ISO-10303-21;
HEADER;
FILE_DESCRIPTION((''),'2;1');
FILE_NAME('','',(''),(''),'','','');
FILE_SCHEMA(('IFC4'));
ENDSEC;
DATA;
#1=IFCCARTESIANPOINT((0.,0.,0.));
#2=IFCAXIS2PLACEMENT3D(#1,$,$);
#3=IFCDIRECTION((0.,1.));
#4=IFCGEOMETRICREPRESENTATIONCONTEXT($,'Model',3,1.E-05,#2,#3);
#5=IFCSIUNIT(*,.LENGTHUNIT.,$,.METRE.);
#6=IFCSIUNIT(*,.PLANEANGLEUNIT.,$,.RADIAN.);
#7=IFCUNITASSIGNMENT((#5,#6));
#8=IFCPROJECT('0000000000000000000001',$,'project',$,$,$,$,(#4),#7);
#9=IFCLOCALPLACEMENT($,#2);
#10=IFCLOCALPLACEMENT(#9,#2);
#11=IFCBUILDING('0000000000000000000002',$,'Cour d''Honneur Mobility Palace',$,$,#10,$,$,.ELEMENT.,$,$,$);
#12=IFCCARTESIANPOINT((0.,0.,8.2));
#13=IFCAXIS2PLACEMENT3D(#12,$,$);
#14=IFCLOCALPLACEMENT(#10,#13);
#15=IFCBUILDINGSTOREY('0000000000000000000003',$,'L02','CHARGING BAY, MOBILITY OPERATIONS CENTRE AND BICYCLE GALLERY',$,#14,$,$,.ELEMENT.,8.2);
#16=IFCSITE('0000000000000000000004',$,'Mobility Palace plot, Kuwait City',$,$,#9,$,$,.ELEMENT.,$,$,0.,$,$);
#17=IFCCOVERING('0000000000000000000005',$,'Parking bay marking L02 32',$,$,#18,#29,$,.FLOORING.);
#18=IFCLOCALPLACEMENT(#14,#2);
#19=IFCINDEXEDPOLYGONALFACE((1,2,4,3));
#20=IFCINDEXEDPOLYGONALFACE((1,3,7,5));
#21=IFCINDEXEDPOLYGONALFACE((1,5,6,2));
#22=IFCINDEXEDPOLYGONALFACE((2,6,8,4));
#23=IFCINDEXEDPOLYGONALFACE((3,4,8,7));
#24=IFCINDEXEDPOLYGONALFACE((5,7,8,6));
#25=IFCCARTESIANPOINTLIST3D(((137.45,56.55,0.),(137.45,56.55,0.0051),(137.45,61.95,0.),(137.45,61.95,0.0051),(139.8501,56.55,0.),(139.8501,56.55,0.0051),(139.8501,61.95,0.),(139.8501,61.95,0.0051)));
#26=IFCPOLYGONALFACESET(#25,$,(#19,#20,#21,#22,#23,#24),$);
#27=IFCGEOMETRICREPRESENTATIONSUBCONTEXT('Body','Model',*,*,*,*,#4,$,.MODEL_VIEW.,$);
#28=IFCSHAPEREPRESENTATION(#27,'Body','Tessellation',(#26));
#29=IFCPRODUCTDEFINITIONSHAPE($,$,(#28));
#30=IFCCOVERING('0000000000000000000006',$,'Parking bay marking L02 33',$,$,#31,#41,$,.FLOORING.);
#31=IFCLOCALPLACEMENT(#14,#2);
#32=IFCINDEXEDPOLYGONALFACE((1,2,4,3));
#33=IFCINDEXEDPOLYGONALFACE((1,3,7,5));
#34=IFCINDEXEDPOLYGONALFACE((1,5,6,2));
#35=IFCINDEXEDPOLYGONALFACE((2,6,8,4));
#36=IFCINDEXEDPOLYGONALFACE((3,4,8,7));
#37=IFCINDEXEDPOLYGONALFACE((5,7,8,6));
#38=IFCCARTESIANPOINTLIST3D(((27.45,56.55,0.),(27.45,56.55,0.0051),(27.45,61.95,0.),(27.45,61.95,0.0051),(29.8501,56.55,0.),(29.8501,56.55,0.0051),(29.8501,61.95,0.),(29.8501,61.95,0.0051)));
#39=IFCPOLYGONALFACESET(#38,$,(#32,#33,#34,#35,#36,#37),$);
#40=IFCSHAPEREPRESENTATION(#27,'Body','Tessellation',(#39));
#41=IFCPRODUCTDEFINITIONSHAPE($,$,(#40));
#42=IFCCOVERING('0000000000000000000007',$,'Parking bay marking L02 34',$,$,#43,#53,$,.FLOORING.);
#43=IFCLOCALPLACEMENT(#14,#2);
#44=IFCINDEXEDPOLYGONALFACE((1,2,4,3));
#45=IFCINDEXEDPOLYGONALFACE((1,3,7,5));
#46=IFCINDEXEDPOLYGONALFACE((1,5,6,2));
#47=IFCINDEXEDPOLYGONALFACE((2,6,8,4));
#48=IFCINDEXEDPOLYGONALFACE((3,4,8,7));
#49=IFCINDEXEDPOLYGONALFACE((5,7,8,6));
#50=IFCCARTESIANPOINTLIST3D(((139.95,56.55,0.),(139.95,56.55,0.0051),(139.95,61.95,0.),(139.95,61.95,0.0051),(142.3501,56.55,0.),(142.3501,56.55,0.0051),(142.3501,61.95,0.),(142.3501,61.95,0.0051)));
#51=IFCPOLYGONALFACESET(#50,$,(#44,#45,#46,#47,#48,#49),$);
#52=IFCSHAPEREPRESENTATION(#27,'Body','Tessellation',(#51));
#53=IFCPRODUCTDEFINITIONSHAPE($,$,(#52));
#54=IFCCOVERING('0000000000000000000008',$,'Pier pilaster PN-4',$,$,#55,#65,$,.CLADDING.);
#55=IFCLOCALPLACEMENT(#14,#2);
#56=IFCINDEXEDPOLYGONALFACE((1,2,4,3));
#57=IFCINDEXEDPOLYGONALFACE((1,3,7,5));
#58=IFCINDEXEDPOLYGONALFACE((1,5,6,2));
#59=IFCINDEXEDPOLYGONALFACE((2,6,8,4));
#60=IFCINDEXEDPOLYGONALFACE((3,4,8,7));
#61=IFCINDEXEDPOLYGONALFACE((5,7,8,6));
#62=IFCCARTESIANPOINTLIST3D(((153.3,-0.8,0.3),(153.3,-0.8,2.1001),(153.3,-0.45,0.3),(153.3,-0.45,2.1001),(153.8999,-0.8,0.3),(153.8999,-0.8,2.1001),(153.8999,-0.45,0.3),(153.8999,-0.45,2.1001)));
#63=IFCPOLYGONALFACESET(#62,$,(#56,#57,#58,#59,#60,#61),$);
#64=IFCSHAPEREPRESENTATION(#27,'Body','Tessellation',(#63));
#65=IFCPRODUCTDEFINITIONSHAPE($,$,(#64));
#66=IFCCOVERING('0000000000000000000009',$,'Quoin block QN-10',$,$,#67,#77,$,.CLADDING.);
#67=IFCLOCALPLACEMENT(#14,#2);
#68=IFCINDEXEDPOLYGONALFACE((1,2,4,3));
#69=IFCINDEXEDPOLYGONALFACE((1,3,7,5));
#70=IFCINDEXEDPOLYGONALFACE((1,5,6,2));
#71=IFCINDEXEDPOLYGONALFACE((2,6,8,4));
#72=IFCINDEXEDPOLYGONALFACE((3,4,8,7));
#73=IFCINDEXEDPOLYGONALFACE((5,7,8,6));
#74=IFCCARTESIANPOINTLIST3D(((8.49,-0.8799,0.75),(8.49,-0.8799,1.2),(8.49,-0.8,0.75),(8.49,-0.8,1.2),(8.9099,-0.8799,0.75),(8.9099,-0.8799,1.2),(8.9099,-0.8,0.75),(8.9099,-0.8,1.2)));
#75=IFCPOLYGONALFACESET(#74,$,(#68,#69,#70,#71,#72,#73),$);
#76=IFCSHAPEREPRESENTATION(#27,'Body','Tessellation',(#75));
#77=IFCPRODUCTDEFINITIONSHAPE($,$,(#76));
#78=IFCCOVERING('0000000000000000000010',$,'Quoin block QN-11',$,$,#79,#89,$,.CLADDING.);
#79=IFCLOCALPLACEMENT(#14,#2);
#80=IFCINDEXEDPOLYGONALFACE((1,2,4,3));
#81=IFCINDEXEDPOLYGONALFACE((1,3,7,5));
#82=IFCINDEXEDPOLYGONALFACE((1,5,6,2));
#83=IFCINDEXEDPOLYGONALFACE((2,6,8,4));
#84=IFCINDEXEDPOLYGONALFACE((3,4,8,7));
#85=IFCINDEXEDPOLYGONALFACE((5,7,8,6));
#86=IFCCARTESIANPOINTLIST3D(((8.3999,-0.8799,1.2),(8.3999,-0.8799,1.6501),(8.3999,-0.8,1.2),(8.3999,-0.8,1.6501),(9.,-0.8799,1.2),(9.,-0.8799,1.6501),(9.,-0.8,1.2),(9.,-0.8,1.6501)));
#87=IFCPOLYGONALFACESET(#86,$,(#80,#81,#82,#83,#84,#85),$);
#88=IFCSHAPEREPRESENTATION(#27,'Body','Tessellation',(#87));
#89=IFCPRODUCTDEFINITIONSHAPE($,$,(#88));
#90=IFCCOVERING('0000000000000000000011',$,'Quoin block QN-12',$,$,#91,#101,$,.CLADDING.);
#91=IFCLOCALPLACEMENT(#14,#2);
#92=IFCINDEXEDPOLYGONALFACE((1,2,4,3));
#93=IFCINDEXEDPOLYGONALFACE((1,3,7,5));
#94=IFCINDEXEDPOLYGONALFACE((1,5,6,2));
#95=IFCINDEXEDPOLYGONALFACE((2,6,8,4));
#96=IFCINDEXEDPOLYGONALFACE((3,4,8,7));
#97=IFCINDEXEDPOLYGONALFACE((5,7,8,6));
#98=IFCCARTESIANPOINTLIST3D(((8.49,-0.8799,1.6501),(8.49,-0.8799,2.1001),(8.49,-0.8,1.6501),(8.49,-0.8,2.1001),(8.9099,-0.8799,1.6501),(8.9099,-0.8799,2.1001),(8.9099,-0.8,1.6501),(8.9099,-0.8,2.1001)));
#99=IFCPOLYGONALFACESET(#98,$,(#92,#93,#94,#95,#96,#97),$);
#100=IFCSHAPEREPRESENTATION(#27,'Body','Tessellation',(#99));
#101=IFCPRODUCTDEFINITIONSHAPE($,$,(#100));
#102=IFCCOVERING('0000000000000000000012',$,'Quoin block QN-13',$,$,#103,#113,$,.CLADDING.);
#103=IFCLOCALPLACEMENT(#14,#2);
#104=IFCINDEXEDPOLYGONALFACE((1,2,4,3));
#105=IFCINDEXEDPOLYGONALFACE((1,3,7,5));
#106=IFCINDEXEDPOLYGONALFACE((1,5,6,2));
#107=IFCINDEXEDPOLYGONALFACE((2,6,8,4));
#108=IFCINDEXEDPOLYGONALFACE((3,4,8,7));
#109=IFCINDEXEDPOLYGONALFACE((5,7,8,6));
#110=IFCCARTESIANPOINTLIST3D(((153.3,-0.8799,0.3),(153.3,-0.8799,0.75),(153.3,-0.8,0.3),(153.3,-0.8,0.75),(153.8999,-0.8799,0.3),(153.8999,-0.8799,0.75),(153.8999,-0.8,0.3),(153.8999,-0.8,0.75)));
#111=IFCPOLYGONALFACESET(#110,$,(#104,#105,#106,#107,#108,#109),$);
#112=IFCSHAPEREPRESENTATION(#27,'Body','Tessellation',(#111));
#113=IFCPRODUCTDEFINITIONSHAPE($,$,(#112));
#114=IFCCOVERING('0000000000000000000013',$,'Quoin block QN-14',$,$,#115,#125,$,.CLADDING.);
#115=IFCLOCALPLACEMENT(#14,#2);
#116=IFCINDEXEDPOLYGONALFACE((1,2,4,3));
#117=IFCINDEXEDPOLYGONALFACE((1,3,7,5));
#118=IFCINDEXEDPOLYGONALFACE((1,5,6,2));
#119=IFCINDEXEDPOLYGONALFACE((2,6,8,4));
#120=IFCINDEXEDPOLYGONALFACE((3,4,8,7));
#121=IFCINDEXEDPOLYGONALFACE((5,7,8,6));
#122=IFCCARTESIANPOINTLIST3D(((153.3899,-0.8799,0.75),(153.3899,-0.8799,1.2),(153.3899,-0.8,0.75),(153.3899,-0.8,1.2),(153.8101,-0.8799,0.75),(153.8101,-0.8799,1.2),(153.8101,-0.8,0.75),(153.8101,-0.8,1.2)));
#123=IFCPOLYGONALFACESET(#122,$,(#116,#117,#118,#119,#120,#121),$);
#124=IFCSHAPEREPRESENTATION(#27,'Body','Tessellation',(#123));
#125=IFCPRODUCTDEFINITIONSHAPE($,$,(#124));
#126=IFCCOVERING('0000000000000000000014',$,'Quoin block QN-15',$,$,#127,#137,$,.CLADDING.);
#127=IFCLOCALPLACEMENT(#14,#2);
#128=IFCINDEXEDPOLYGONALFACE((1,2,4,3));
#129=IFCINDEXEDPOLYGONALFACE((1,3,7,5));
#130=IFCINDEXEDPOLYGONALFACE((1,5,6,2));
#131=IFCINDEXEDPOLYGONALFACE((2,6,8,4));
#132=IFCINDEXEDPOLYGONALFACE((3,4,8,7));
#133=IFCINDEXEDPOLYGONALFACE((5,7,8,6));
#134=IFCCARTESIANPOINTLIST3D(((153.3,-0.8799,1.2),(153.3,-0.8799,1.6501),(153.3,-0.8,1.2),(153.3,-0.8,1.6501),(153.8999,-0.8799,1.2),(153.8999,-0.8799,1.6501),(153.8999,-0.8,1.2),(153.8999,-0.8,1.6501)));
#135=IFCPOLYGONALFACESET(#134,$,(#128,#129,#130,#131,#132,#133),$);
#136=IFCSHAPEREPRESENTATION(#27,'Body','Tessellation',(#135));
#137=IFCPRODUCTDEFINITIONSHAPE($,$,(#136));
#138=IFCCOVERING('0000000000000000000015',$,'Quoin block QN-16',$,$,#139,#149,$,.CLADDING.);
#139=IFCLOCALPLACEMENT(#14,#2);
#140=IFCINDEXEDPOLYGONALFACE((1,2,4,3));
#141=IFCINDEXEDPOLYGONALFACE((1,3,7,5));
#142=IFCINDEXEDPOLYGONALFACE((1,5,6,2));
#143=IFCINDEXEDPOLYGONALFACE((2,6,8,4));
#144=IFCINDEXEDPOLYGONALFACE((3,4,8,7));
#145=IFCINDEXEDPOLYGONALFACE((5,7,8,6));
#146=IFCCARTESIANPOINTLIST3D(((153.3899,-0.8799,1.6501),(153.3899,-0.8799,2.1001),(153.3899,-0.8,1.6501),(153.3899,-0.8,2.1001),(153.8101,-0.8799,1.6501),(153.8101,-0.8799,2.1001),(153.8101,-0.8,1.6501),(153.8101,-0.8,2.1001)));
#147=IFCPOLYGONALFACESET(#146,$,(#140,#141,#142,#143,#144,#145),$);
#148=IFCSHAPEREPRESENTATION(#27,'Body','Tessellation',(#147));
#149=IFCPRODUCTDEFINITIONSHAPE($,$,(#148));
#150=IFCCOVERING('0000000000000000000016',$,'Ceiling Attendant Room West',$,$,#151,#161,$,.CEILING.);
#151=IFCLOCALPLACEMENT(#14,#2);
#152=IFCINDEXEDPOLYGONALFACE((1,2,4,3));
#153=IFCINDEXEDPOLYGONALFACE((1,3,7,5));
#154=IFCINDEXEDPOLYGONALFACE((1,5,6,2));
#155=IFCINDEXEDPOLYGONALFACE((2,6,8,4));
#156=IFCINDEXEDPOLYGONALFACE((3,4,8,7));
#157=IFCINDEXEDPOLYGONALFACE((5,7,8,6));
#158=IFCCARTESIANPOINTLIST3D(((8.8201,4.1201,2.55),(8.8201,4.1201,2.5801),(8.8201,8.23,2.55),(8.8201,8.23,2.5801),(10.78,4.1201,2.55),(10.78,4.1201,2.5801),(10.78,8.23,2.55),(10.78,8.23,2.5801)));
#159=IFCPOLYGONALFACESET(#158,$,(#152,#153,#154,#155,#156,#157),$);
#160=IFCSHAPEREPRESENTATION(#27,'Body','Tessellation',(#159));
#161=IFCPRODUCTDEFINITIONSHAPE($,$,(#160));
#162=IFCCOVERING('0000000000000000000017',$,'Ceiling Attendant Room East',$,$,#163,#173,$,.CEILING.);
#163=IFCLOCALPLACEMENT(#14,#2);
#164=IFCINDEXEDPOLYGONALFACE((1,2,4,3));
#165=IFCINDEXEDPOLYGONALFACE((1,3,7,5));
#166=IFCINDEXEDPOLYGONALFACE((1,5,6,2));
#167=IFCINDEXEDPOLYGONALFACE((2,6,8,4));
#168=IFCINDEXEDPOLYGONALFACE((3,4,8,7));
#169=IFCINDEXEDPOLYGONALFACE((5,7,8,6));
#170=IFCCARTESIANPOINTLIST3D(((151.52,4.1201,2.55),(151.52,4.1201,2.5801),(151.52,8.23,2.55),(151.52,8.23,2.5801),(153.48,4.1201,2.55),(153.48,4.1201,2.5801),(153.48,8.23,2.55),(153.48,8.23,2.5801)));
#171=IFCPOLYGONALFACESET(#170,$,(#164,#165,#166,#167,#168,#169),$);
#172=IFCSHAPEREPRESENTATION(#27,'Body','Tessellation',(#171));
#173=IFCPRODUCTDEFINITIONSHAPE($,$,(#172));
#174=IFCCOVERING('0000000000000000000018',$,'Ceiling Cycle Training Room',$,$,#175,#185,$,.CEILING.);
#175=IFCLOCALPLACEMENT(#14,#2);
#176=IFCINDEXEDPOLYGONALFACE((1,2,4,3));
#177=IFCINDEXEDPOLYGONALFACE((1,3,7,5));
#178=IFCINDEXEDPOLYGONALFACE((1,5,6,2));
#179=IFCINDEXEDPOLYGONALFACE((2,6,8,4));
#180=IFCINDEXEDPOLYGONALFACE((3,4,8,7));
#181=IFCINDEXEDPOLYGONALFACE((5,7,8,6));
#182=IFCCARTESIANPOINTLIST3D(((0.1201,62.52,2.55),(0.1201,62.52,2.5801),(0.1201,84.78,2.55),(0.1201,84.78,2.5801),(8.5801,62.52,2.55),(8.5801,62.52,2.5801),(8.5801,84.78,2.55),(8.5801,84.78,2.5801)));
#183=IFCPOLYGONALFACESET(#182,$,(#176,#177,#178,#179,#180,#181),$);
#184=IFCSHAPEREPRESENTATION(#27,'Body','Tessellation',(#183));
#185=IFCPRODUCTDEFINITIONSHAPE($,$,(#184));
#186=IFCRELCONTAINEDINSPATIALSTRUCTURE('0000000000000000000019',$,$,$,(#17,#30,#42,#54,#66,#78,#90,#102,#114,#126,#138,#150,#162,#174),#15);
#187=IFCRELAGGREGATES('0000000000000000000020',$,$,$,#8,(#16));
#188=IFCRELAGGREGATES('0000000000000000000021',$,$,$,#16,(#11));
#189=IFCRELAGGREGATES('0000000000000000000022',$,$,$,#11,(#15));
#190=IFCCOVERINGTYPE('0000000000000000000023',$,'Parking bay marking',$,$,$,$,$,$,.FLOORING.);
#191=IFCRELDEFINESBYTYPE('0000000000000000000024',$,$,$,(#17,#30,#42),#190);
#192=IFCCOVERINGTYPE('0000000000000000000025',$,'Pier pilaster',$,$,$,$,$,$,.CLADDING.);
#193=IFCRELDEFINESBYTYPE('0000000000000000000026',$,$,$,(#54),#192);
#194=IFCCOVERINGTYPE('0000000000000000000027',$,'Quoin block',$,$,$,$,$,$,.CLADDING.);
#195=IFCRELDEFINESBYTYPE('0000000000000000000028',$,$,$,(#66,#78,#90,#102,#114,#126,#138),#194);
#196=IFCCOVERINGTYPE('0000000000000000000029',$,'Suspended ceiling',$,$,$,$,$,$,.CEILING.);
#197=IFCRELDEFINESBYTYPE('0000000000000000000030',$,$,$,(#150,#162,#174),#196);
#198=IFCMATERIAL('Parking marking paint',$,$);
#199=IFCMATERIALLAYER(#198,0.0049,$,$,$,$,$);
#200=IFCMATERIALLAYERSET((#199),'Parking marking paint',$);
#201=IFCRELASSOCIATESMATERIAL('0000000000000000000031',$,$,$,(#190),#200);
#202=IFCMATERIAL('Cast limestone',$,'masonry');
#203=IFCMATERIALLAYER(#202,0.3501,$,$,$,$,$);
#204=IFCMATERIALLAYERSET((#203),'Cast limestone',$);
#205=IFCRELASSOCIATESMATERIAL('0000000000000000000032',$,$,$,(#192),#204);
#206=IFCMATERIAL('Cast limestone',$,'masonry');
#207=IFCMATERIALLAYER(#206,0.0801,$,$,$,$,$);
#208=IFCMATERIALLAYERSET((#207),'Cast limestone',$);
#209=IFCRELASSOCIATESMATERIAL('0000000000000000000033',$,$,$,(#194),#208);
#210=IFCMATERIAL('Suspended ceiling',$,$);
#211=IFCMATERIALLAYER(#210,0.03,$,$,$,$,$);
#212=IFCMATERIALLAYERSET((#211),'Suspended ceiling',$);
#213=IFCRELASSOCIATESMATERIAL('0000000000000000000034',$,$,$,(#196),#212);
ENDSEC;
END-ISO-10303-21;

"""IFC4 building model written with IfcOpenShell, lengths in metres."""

from ifc_helpers import new_model, si_unit, direction, frame, origin, place, context, subcontext, project, spatial, polyline, outline, extrude, material, layer, layer_set, type_object, element, save


model = new_model("IFC4")

# Units and contexts
model_context = context("Model", 3, precision=1e-05, world=origin(), true_north=direction((0.0, 1.0)))
body_context = subcontext(model_context, "Body", "Model", "MODEL_VIEW")
ifc_project = project(units=[si_unit("LENGTHUNIT", "METRE"), si_unit("PLANEANGLEUNIT", "RADIAN")], contexts=[model_context])

# Site, building, storey
site_placement = place(None, origin())
site = spatial("IfcSite", under=ifc_project, at=site_placement, Name="Mobility Palace plot, Kuwait City", CompositionType="ELEMENT", RefElevation=0.0)
building_placement = place(site_placement, origin())
building = spatial("IfcBuilding", under=site, at=building_placement, Name="Cour d'Honneur Mobility Palace", CompositionType="ELEMENT")
storey_placement = place(building_placement, frame((0.0, 0.0, 8.2)))
storey = spatial("IfcBuildingStorey", under=building, at=storey_placement, Name="L02", Description="CHARGING BAY, MOBILITY OPERATIONS CENTRE AND BICYCLE GALLERY", CompositionType="ELEMENT", Elevation=8.2)

# Coverings
ifc_material_1 = material(Name="Parking marking paint")
ifc_layer_1 = layer(ifc_material_1, 0.0049)
ifc_layer_set_1 = layer_set([ifc_layer_1], Name="Parking marking paint")
covering_type_1 = type_object("IfcCoveringType", Name="Parking bay marking", PredefinedType="FLOORING", material=ifc_layer_set_1)
covering_1_placement = place(storey_placement, origin())
element("IfcCovering", 1, at=covering_1_placement, inside=storey, type_object=covering_type_1, Name="Parking bay marking L02 32", PredefinedType="FLOORING", context=body_context, shape_type="SweptSolid", body=[
    extrude(outline(polyline([(139.8501, 56.55), (137.45, 56.55), (137.45, 61.95), (139.8501, 61.95), (139.8501, 56.55)])), origin(), (0.0, 0.0, 1.0), 0.0051),
])
covering_2_placement = place(storey_placement, origin())
element("IfcCovering", 2, at=covering_2_placement, inside=storey, type_object=covering_type_1, Name="Parking bay marking L02 33", PredefinedType="FLOORING", context=body_context, shape_type="SweptSolid", body=[
    extrude(outline(polyline([(29.8501, 56.55), (27.45, 56.55), (27.45, 61.95), (29.8501, 61.95), (29.8501, 56.55)])), origin(), (0.0, 0.0, 1.0), 0.0051),
])
covering_3_placement = place(storey_placement, origin())
element("IfcCovering", 3, at=covering_3_placement, inside=storey, type_object=covering_type_1, Name="Parking bay marking L02 34", PredefinedType="FLOORING", context=body_context, shape_type="SweptSolid", body=[
    extrude(outline(polyline([(142.3501, 56.55), (139.95, 56.55), (139.95, 61.95), (142.3501, 61.95), (142.3501, 56.55)])), origin(), (0.0, 0.0, 1.0), 0.0051),
])
ifc_material_2 = material(Name="Cast limestone", Category="masonry")
ifc_layer_2 = layer(ifc_material_2, 0.3501)
ifc_layer_set_2 = layer_set([ifc_layer_2], Name="Cast limestone")
covering_type_2 = type_object("IfcCoveringType", Name="Pier pilaster", PredefinedType="CLADDING", material=ifc_layer_set_2)
covering_4_placement = place(storey_placement, frame((0.0, 0.0, 0.3)))
element("IfcCovering", 4, at=covering_4_placement, inside=storey, type_object=covering_type_2, Name="Pier pilaster PN-4", PredefinedType="CLADDING", context=body_context, shape_type="SweptSolid", body=[
    extrude(outline(polyline([(153.3, -0.45), (153.8999, -0.45), (153.8999, -0.8), (153.3, -0.8), (153.3, -0.45)])), origin(), (0.0, 0.0, 1.0), 1.8),
])
ifc_material_3 = material(Name="Cast limestone", Category="masonry")
ifc_layer_3 = layer(ifc_material_3, 0.0801)
ifc_layer_set_3 = layer_set([ifc_layer_3], Name="Cast limestone")
covering_type_3 = type_object("IfcCoveringType", Name="Quoin block", PredefinedType="CLADDING", material=ifc_layer_set_3)
covering_5_placement = place(storey_placement, frame((0.0, 0.0, 0.75)))
element("IfcCovering", 5, at=covering_5_placement, inside=storey, type_object=covering_type_3, Name="Quoin block QN-10", PredefinedType="CLADDING", context=body_context, shape_type="SweptSolid", body=[
    extrude(outline(polyline([(8.49, -0.8), (8.9099, -0.8), (8.9099, -0.8799), (8.49, -0.8799), (8.49, -0.8)])), origin(), (0.0, 0.0, 1.0), 0.45),
])
covering_6_placement = place(storey_placement, frame((0.0, 0.0, 1.2)))
element("IfcCovering", 6, at=covering_6_placement, inside=storey, type_object=covering_type_3, Name="Quoin block QN-11", PredefinedType="CLADDING", context=body_context, shape_type="SweptSolid", body=[
    extrude(outline(polyline([(8.3999, -0.8), (9.0, -0.8), (9.0, -0.8799), (8.3999, -0.8799), (8.3999, -0.8)])), origin(), (0.0, 0.0, 1.0), 0.4502),
])
covering_7_placement = place(storey_placement, frame((0.0, 0.0, 1.6501)))
element("IfcCovering", 7, at=covering_7_placement, inside=storey, type_object=covering_type_3, Name="Quoin block QN-12", PredefinedType="CLADDING", context=body_context, shape_type="SweptSolid", body=[
    extrude(outline(polyline([(8.49, -0.8), (8.9099, -0.8), (8.9099, -0.8799), (8.49, -0.8799), (8.49, -0.8)])), origin(), (0.0, 0.0, 1.0), 0.45),
])
covering_8_placement = place(storey_placement, frame((0.0, 0.0, 0.3)))
element("IfcCovering", 8, at=covering_8_placement, inside=storey, type_object=covering_type_3, Name="Quoin block QN-13", PredefinedType="CLADDING", context=body_context, shape_type="SweptSolid", body=[
    extrude(outline(polyline([(153.3, -0.8), (153.8999, -0.8), (153.8999, -0.8799), (153.3, -0.8799), (153.3, -0.8)])), origin(), (0.0, 0.0, 1.0), 0.45),
])
covering_9_placement = place(storey_placement, frame((0.0, 0.0, 0.75)))
element("IfcCovering", 9, at=covering_9_placement, inside=storey, type_object=covering_type_3, Name="Quoin block QN-14", PredefinedType="CLADDING", context=body_context, shape_type="SweptSolid", body=[
    extrude(outline(polyline([(153.3899, -0.8), (153.8101, -0.8), (153.8101, -0.8799), (153.3899, -0.8799), (153.3899, -0.8)])), origin(), (0.0, 0.0, 1.0), 0.45),
])
covering_10_placement = place(storey_placement, frame((0.0, 0.0, 1.2)))
element("IfcCovering", 10, at=covering_10_placement, inside=storey, type_object=covering_type_3, Name="Quoin block QN-15", PredefinedType="CLADDING", context=body_context, shape_type="SweptSolid", body=[
    extrude(outline(polyline([(153.3, -0.8), (153.8999, -0.8), (153.8999, -0.8799), (153.3, -0.8799), (153.3, -0.8)])), origin(), (0.0, 0.0, 1.0), 0.4502),
])
covering_11_placement = place(storey_placement, frame((0.0, 0.0, 1.6501)))
element("IfcCovering", 11, at=covering_11_placement, inside=storey, type_object=covering_type_3, Name="Quoin block QN-16", PredefinedType="CLADDING", context=body_context, shape_type="SweptSolid", body=[
    extrude(outline(polyline([(153.3899, -0.8), (153.8101, -0.8), (153.8101, -0.8799), (153.3899, -0.8799), (153.3899, -0.8)])), origin(), (0.0, 0.0, 1.0), 0.45),
])
ifc_material_4 = material(Name="Suspended ceiling")
ifc_layer_4 = layer(ifc_material_4, 0.03)
ifc_layer_set_4 = layer_set([ifc_layer_4], Name="Suspended ceiling")
covering_type_4 = type_object("IfcCoveringType", Name="Suspended ceiling", PredefinedType="CEILING", material=ifc_layer_set_4)
covering_12_placement = place(storey_placement, frame((0.0, 0.0, 2.55)))
element("IfcCovering", 12, at=covering_12_placement, inside=storey, type_object=covering_type_4, Name="Ceiling Attendant Room West", PredefinedType="CEILING", context=body_context, shape_type="SweptSolid", body=[
    extrude(outline(polyline([(10.78, 4.1201), (8.8201, 4.1201), (8.8201, 8.23), (10.78, 8.23), (10.78, 4.1201)])), origin(), (0.0, 0.0, 1.0), 0.03),
])
covering_13_placement = place(storey_placement, frame((0.0, 0.0, 2.55)))
element("IfcCovering", 13, at=covering_13_placement, inside=storey, type_object=covering_type_4, Name="Ceiling Attendant Room East", PredefinedType="CEILING", context=body_context, shape_type="SweptSolid", body=[
    extrude(outline(polyline([(153.48, 4.1201), (151.52, 4.1201), (151.52, 8.23), (153.48, 8.23), (153.48, 4.1201)])), origin(), (0.0, 0.0, 1.0), 0.03),
])
covering_14_placement = place(storey_placement, frame((0.0, 0.0, 2.55)))
element("IfcCovering", 14, at=covering_14_placement, inside=storey, type_object=covering_type_4, Name="Ceiling Cycle Training Room", PredefinedType="CEILING", context=body_context, shape_type="SweptSolid", body=[
    extrude(outline(polyline([(8.5801, 62.52), (0.1201, 62.52), (0.1201, 84.78), (8.5801, 84.78), (8.5801, 62.52)])), origin(), (0.0, 0.0, 1.0), 0.03),
])

save(model, "model.ifc")
